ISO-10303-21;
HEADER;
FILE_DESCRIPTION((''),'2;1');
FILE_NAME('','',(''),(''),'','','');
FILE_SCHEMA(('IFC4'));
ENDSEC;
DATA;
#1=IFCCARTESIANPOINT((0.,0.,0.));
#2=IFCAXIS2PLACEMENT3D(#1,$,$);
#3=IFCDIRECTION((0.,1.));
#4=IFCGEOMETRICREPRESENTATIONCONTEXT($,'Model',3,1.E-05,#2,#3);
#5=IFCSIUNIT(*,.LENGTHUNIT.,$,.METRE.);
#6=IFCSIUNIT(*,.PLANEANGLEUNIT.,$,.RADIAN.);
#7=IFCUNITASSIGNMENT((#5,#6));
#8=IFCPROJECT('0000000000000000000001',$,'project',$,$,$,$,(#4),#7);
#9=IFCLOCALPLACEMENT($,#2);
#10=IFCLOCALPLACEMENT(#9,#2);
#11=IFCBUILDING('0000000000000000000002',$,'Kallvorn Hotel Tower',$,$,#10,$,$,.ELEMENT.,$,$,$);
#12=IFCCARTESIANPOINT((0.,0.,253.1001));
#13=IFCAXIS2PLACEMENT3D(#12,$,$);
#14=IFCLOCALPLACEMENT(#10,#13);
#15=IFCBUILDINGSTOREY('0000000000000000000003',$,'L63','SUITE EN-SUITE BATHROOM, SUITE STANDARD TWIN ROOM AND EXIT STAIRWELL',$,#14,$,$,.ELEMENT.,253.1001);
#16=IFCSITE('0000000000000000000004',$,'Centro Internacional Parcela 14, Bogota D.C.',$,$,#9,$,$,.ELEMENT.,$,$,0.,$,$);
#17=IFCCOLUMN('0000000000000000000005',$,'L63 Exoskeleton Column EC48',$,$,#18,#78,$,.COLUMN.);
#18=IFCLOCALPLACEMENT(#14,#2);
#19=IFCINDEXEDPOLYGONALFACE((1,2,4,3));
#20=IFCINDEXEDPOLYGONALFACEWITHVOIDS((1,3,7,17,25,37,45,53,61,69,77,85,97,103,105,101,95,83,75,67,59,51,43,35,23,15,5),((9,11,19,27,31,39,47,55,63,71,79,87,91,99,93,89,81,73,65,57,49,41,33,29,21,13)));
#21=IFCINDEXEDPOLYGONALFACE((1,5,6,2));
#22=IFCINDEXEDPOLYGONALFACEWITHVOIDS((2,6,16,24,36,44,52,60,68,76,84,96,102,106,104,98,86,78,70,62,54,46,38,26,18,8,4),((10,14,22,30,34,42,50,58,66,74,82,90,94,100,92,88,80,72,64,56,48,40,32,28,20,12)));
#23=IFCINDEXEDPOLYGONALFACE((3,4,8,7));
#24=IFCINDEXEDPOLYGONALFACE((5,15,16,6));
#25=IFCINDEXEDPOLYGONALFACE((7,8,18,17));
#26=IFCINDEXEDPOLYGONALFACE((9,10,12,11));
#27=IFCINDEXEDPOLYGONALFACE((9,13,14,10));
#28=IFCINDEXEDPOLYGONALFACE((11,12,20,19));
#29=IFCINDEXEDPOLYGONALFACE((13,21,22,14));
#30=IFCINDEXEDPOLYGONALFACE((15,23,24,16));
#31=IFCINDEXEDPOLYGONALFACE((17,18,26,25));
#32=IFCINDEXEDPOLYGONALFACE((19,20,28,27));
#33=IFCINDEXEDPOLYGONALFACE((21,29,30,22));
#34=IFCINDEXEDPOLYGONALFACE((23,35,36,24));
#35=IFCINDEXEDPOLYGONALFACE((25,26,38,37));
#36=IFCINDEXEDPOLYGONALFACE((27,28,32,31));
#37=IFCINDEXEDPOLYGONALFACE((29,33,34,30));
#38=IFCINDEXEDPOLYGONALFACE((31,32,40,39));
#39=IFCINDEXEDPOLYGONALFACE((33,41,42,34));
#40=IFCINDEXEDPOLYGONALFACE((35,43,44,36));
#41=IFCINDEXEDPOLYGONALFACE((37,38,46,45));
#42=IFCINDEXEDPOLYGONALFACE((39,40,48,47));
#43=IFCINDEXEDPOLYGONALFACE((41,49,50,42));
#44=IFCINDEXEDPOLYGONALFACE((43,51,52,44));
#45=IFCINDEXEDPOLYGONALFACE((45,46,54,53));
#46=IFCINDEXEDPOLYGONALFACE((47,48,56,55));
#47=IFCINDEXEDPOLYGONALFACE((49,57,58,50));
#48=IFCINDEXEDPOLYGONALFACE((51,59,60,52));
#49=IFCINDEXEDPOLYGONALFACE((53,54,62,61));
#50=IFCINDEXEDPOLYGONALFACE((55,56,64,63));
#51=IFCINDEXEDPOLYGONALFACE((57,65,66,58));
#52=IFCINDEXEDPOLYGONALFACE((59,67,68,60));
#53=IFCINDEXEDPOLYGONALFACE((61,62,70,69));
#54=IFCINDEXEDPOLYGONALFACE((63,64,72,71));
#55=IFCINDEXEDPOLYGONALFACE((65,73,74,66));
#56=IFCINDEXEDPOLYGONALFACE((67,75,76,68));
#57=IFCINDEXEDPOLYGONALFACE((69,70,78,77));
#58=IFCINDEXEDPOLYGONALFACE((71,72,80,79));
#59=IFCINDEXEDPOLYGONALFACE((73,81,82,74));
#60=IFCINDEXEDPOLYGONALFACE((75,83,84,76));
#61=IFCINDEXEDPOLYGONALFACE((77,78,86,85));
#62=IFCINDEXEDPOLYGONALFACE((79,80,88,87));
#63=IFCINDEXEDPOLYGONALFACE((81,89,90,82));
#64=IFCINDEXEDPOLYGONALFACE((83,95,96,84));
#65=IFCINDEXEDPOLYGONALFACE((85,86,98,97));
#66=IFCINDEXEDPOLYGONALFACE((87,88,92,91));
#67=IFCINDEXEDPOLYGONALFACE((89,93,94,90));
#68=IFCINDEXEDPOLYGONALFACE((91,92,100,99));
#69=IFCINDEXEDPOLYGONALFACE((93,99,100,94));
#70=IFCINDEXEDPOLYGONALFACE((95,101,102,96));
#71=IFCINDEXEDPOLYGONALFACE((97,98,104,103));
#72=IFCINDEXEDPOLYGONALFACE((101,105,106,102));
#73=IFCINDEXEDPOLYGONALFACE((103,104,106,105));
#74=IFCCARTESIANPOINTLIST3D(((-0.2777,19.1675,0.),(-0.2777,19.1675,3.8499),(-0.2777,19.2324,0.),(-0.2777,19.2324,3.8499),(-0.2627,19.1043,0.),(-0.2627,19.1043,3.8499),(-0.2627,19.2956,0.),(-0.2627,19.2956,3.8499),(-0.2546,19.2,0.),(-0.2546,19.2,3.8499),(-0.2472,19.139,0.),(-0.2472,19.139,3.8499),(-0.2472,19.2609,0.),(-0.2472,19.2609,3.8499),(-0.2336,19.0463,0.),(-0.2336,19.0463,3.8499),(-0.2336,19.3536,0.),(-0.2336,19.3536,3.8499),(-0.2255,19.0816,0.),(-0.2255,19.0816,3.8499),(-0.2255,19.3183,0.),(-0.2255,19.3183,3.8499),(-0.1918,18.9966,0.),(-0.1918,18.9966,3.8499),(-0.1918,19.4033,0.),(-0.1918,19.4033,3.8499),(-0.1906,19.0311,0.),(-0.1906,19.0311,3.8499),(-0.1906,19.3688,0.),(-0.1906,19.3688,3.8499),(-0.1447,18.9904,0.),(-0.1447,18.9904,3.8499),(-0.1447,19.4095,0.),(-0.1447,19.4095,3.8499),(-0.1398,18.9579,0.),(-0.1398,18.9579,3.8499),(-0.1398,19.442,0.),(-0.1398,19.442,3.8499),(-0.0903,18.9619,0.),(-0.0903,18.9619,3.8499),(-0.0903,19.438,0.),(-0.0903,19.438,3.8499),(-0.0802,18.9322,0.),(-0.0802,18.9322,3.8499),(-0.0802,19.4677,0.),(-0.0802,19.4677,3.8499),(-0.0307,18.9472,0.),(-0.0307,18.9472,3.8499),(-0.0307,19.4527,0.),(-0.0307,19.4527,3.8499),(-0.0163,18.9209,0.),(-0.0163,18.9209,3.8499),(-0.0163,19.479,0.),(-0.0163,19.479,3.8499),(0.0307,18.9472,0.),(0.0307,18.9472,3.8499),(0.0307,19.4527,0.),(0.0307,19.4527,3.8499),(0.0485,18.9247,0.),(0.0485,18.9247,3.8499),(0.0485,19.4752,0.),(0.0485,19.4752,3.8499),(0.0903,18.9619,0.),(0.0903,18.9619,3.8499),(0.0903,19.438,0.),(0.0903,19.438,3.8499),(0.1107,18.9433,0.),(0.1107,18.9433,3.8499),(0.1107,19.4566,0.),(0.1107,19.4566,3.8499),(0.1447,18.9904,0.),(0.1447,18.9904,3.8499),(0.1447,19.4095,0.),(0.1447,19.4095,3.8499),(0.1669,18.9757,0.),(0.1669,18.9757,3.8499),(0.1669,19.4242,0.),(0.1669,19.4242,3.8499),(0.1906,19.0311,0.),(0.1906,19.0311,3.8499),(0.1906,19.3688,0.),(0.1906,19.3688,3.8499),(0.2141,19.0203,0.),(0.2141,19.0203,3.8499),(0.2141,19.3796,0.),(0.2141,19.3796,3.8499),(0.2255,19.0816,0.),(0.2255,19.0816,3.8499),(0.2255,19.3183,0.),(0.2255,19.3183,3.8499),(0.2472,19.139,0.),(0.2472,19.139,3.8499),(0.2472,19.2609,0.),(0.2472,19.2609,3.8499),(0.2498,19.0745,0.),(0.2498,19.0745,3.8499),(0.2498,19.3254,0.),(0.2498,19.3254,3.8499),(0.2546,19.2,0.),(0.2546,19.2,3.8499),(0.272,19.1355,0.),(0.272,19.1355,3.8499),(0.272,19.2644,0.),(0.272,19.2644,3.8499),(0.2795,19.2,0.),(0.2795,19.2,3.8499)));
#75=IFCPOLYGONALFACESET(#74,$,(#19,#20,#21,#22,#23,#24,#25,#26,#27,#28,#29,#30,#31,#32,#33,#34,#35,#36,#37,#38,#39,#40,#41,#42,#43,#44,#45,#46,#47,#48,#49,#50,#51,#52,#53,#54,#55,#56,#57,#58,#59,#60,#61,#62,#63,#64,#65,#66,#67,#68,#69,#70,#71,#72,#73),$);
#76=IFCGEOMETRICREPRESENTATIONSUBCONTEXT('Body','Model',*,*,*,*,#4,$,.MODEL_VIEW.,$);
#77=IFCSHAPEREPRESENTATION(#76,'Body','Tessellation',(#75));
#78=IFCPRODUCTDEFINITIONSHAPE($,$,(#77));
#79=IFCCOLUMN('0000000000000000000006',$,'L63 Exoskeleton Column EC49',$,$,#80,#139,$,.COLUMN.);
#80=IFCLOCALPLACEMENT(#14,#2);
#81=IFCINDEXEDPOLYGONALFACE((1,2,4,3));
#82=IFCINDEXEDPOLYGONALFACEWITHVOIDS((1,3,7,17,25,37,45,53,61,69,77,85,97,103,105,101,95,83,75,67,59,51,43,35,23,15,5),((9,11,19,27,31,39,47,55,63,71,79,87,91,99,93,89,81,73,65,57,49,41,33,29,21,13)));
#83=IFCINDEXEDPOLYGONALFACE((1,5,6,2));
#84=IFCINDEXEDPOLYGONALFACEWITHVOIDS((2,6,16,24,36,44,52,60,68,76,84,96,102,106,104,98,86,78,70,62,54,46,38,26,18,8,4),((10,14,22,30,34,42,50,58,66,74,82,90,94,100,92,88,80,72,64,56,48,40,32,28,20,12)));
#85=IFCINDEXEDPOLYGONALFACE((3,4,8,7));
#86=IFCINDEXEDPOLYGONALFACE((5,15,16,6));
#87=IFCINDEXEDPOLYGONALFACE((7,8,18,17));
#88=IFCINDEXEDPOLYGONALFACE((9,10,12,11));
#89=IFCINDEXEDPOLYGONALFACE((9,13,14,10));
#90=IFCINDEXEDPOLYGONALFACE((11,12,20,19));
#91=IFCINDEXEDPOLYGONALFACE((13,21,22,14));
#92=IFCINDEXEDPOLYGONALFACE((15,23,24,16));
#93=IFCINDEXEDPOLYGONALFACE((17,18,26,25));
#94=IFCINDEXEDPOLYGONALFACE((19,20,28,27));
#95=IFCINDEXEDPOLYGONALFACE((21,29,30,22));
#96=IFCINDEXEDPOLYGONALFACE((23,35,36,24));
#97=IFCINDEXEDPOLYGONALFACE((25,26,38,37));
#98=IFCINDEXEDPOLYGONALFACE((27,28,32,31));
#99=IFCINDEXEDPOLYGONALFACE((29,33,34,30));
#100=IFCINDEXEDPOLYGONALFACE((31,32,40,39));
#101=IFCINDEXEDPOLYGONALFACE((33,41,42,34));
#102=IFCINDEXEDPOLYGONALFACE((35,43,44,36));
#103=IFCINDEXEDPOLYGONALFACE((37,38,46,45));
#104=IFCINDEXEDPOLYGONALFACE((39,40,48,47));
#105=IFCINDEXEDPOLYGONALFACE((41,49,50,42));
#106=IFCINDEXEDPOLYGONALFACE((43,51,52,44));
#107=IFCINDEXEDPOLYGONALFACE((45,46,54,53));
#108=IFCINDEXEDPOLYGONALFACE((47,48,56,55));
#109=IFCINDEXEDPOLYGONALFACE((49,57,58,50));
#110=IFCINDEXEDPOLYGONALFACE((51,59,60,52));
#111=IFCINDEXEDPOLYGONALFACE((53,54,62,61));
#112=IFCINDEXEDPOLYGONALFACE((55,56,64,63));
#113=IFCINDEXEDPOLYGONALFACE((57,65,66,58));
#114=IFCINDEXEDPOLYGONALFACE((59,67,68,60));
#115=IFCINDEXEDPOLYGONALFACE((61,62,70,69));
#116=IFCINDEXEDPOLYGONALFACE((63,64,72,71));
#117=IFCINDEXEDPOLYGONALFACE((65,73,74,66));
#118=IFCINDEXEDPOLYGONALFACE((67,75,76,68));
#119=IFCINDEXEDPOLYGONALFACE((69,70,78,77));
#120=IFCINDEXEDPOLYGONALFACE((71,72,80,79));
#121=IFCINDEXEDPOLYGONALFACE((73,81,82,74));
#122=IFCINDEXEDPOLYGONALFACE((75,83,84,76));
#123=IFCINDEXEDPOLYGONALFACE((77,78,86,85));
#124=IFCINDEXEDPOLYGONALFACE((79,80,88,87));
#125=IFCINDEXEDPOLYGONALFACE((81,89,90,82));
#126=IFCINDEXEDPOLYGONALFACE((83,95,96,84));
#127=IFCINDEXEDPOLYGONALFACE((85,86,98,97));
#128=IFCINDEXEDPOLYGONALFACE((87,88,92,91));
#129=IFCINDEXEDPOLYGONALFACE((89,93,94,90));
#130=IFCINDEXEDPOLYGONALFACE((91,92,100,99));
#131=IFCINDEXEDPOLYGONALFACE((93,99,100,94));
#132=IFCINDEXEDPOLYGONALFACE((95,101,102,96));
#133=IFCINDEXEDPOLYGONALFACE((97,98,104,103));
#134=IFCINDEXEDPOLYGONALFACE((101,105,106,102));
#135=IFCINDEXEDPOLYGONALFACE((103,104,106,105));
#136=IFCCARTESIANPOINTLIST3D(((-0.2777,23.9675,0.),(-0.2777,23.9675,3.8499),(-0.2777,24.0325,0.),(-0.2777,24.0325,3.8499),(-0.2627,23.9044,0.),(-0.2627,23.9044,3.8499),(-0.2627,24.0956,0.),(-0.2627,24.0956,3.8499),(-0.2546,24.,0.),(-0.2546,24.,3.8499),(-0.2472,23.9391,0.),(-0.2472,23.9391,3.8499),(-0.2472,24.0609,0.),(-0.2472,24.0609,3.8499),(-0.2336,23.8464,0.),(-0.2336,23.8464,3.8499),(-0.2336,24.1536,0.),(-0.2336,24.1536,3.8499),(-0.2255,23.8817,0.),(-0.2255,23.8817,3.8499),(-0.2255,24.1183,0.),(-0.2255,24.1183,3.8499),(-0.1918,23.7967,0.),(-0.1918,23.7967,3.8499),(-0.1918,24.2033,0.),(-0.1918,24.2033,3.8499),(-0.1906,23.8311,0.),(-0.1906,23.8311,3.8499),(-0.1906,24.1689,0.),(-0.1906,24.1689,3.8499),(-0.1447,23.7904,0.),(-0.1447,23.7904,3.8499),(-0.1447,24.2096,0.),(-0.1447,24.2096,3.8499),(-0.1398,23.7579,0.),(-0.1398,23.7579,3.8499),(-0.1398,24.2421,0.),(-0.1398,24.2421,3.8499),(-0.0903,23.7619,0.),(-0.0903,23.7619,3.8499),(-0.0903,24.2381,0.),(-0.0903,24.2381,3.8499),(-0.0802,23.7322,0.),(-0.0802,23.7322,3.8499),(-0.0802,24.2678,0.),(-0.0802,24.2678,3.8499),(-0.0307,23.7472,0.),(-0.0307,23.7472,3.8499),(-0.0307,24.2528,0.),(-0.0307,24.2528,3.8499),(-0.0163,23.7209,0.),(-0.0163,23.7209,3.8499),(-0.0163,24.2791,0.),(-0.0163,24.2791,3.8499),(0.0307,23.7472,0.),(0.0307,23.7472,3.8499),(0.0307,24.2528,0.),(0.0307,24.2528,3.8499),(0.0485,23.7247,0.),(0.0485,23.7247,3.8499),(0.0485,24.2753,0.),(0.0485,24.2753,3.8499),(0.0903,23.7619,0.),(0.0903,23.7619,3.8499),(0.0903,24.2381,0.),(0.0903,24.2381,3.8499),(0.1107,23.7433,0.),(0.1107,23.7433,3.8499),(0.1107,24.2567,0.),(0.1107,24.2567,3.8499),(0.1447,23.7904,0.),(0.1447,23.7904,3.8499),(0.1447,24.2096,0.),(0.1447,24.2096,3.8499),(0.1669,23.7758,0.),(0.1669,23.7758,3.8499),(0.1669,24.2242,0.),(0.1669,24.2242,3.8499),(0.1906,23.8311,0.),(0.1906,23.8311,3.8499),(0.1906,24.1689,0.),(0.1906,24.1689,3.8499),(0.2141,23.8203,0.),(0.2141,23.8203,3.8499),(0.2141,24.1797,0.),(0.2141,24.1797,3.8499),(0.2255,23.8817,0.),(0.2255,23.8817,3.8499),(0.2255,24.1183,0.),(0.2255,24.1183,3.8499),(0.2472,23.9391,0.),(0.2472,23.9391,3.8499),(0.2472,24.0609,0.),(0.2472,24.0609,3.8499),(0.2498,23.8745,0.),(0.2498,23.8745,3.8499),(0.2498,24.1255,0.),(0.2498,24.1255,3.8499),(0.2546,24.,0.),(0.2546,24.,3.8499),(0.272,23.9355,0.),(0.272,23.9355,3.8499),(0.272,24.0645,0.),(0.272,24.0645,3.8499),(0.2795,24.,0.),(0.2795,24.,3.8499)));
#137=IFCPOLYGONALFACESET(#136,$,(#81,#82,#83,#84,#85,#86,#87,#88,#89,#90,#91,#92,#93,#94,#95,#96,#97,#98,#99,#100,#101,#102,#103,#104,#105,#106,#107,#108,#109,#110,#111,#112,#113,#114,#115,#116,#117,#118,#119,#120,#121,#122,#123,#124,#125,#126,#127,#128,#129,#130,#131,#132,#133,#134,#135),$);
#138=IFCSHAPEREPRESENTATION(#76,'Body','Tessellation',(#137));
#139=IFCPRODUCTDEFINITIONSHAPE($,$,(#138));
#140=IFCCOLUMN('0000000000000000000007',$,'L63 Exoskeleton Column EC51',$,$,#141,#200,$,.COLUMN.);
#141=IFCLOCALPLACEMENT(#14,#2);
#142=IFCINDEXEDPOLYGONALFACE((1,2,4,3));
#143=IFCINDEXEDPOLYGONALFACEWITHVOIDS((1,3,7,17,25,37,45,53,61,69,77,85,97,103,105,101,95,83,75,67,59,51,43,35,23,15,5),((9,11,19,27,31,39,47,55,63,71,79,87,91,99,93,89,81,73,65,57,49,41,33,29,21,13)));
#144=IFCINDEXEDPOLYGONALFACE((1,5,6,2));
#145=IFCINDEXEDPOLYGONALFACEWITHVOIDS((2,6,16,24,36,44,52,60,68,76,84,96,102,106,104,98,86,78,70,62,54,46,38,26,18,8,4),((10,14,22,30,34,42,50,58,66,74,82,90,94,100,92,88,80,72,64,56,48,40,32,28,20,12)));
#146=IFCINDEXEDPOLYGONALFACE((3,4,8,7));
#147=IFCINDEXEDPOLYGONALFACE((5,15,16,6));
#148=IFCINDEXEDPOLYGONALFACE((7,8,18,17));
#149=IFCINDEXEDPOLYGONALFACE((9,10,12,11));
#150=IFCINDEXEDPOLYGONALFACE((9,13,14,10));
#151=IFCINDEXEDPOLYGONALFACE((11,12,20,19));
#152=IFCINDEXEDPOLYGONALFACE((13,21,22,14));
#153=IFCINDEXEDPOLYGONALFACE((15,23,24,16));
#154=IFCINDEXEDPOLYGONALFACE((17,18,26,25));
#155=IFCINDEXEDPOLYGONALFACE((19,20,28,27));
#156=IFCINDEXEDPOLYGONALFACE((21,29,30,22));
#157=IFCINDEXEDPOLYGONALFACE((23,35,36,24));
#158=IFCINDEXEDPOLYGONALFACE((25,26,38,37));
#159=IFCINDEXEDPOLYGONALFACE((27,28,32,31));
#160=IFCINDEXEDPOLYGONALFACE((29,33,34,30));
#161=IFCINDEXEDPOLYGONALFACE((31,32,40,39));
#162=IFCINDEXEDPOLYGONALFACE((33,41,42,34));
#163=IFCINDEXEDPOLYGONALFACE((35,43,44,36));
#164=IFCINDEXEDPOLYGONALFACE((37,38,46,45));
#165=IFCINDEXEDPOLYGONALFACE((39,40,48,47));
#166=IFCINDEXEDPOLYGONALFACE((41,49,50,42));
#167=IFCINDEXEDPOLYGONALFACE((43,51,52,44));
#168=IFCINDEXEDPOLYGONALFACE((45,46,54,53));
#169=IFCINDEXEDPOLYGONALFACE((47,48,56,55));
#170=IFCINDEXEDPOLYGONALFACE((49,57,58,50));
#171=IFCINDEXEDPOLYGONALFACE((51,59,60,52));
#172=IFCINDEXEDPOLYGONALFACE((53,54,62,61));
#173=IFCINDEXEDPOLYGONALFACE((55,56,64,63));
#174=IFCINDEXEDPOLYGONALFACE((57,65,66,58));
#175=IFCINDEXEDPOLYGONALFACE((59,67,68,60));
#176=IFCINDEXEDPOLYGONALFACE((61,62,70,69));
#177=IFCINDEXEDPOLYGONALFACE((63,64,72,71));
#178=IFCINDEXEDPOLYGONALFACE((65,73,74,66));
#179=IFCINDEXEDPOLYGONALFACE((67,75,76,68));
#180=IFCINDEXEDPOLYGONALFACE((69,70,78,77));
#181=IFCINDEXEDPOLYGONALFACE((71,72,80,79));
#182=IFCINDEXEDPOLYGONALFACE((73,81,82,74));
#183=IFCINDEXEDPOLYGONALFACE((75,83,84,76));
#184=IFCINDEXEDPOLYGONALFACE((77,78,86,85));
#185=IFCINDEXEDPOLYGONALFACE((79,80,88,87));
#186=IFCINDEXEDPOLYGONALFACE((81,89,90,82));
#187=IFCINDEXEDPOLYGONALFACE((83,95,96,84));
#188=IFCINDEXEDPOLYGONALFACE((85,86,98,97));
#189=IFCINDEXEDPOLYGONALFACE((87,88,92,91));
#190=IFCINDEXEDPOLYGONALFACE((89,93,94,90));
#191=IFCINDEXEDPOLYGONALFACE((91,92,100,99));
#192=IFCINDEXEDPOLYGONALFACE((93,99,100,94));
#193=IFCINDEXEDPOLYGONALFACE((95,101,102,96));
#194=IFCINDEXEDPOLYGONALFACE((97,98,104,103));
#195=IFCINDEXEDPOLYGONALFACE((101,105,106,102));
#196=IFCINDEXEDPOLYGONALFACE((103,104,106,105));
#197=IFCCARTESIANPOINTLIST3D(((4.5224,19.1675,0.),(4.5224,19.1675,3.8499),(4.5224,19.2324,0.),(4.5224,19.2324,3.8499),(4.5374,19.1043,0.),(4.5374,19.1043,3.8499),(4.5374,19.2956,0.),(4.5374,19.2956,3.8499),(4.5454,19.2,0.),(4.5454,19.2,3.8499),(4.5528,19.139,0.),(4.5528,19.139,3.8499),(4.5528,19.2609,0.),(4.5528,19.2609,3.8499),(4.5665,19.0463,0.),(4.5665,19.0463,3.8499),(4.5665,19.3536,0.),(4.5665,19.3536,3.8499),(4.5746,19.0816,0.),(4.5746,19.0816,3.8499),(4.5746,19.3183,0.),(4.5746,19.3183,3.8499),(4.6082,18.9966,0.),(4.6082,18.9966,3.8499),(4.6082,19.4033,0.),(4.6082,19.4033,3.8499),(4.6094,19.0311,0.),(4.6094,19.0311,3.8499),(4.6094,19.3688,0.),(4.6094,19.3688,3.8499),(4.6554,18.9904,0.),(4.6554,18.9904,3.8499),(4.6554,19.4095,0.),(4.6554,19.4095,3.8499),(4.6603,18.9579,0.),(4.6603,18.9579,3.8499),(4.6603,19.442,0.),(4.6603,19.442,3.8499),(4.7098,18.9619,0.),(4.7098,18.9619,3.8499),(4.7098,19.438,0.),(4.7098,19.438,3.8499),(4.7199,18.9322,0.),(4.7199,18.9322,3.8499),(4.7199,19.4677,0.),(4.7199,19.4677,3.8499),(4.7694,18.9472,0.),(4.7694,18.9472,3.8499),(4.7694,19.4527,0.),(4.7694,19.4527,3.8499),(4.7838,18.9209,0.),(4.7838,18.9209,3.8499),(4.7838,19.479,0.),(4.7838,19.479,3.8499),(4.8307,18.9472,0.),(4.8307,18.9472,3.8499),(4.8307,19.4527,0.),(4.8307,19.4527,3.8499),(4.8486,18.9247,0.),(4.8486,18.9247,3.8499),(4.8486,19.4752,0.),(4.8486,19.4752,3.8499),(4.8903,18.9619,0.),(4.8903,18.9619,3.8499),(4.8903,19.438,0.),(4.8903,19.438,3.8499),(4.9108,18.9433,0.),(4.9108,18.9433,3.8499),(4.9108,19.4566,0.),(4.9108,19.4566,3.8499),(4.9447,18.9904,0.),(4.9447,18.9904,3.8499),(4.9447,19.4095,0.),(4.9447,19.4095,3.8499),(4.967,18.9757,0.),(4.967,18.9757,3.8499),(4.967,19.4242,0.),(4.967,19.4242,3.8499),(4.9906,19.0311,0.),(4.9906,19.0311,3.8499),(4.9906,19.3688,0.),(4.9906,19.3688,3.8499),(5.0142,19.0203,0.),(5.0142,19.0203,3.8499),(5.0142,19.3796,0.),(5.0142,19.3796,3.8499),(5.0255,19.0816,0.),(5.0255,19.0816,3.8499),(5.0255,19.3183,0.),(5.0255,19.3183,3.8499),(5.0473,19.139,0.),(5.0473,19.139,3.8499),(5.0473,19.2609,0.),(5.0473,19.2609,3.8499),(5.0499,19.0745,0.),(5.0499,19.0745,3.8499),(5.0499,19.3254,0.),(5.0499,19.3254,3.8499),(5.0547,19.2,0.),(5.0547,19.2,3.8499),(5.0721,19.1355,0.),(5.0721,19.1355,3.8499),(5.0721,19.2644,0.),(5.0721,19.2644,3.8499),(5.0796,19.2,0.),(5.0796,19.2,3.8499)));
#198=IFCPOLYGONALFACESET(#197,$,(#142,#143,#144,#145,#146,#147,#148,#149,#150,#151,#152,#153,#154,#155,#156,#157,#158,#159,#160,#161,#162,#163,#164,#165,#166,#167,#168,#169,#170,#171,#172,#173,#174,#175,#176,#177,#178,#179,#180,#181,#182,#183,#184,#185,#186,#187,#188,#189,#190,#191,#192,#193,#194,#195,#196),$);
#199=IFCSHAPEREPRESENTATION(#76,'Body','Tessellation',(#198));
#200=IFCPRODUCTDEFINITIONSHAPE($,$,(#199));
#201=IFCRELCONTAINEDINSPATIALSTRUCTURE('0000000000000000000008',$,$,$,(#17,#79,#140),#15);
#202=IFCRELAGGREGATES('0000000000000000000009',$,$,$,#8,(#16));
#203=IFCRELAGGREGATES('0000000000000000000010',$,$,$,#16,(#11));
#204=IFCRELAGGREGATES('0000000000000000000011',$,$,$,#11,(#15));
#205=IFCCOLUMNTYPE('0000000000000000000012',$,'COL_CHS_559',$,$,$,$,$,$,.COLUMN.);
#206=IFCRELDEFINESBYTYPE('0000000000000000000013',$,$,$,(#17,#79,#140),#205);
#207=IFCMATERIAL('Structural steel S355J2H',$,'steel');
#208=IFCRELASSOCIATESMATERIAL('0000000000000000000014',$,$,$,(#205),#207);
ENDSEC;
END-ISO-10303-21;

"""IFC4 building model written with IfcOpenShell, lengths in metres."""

from ifc_helpers import new_model, si_unit, direction, frame, origin, origin_2d, place, context, subcontext, project, spatial, hollow_circle, extrude, material, material_profile, profile_set, type_object, element, save


model = new_model("IFC4")

# Units and contexts
model_context = context("Model", 3, precision=1e-05, world=origin(), true_north=direction((0.0, 1.0)))
body_context = subcontext(model_context, "Body", "Model", "MODEL_VIEW")
ifc_project = project(units=[si_unit("LENGTHUNIT", "METRE"), si_unit("PLANEANGLEUNIT", "RADIAN")], contexts=[model_context])

# Site, building, storey
site_placement = place(None, origin())
site = spatial("IfcSite", under=ifc_project, at=site_placement, Name="Centro Internacional Parcela 14, Bogota D.C.", CompositionType="ELEMENT", RefElevation=0.0)
building_placement = place(site_placement, origin())
building = spatial("IfcBuilding", under=site, at=building_placement, Name="Kallvorn Hotel Tower", CompositionType="ELEMENT")
storey_placement = place(building_placement, frame((0.0, 0.0, 253.1001)))
storey = spatial("IfcBuildingStorey", under=building, at=storey_placement, Name="L63", Description="SUITE EN-SUITE BATHROOM, SUITE STANDARD TWIN ROOM AND EXIT STAIRWELL", CompositionType="ELEMENT", Elevation=253.1001)

# Columns
ifc_material_1 = material(Name="Structural steel S355J2H", Category="steel")
ifc_material_profile_1 = material_profile(ifc_material_1, hollow_circle(Radius=0.2795, WallThickness=0.0249, at=origin_2d()), Name="CHS 559x25")
ifc_profile_set_1 = profile_set([ifc_material_profile_1], Name="Structural steel S355J2H")
column_type_1 = type_object("IfcColumnType", Name="COL_CHS_559", PredefinedType="COLUMN", material=ifc_profile_set_1)
for number, where, z_axis, x_axis, name in (
    (1, (0.0, 19.2, 0.0), (0.0, 0.0, 1.0), (1.0, 0.0, 0.0), "L63 Exoskeleton Column EC48"),
    (2, (0.0, 24.0, 0.0), (0.0, 0.0, 1.0), (1.0, 0.0, 0.0), "L63 Exoskeleton Column EC49"),
    (3, (4.8, 19.2, 0.0), (0.0, 0.0, 1.0), (1.0, 0.0, 0.0), "L63 Exoskeleton Column EC51"),
):
    element("IfcColumn", number, at=place(storey_placement, frame(where, z_axis=z_axis, x_axis=x_axis)), inside=storey, type_object=column_type_1, Name=name, PredefinedType="COLUMN", context=body_context, shape_type="SweptSolid", body=[
        extrude(hollow_circle(Radius=0.2795, WallThickness=0.0249, at=origin_2d()), origin(), (0.0, 0.0, 1.0), 3.8499),
    ])

save(model, "model.ifc")
